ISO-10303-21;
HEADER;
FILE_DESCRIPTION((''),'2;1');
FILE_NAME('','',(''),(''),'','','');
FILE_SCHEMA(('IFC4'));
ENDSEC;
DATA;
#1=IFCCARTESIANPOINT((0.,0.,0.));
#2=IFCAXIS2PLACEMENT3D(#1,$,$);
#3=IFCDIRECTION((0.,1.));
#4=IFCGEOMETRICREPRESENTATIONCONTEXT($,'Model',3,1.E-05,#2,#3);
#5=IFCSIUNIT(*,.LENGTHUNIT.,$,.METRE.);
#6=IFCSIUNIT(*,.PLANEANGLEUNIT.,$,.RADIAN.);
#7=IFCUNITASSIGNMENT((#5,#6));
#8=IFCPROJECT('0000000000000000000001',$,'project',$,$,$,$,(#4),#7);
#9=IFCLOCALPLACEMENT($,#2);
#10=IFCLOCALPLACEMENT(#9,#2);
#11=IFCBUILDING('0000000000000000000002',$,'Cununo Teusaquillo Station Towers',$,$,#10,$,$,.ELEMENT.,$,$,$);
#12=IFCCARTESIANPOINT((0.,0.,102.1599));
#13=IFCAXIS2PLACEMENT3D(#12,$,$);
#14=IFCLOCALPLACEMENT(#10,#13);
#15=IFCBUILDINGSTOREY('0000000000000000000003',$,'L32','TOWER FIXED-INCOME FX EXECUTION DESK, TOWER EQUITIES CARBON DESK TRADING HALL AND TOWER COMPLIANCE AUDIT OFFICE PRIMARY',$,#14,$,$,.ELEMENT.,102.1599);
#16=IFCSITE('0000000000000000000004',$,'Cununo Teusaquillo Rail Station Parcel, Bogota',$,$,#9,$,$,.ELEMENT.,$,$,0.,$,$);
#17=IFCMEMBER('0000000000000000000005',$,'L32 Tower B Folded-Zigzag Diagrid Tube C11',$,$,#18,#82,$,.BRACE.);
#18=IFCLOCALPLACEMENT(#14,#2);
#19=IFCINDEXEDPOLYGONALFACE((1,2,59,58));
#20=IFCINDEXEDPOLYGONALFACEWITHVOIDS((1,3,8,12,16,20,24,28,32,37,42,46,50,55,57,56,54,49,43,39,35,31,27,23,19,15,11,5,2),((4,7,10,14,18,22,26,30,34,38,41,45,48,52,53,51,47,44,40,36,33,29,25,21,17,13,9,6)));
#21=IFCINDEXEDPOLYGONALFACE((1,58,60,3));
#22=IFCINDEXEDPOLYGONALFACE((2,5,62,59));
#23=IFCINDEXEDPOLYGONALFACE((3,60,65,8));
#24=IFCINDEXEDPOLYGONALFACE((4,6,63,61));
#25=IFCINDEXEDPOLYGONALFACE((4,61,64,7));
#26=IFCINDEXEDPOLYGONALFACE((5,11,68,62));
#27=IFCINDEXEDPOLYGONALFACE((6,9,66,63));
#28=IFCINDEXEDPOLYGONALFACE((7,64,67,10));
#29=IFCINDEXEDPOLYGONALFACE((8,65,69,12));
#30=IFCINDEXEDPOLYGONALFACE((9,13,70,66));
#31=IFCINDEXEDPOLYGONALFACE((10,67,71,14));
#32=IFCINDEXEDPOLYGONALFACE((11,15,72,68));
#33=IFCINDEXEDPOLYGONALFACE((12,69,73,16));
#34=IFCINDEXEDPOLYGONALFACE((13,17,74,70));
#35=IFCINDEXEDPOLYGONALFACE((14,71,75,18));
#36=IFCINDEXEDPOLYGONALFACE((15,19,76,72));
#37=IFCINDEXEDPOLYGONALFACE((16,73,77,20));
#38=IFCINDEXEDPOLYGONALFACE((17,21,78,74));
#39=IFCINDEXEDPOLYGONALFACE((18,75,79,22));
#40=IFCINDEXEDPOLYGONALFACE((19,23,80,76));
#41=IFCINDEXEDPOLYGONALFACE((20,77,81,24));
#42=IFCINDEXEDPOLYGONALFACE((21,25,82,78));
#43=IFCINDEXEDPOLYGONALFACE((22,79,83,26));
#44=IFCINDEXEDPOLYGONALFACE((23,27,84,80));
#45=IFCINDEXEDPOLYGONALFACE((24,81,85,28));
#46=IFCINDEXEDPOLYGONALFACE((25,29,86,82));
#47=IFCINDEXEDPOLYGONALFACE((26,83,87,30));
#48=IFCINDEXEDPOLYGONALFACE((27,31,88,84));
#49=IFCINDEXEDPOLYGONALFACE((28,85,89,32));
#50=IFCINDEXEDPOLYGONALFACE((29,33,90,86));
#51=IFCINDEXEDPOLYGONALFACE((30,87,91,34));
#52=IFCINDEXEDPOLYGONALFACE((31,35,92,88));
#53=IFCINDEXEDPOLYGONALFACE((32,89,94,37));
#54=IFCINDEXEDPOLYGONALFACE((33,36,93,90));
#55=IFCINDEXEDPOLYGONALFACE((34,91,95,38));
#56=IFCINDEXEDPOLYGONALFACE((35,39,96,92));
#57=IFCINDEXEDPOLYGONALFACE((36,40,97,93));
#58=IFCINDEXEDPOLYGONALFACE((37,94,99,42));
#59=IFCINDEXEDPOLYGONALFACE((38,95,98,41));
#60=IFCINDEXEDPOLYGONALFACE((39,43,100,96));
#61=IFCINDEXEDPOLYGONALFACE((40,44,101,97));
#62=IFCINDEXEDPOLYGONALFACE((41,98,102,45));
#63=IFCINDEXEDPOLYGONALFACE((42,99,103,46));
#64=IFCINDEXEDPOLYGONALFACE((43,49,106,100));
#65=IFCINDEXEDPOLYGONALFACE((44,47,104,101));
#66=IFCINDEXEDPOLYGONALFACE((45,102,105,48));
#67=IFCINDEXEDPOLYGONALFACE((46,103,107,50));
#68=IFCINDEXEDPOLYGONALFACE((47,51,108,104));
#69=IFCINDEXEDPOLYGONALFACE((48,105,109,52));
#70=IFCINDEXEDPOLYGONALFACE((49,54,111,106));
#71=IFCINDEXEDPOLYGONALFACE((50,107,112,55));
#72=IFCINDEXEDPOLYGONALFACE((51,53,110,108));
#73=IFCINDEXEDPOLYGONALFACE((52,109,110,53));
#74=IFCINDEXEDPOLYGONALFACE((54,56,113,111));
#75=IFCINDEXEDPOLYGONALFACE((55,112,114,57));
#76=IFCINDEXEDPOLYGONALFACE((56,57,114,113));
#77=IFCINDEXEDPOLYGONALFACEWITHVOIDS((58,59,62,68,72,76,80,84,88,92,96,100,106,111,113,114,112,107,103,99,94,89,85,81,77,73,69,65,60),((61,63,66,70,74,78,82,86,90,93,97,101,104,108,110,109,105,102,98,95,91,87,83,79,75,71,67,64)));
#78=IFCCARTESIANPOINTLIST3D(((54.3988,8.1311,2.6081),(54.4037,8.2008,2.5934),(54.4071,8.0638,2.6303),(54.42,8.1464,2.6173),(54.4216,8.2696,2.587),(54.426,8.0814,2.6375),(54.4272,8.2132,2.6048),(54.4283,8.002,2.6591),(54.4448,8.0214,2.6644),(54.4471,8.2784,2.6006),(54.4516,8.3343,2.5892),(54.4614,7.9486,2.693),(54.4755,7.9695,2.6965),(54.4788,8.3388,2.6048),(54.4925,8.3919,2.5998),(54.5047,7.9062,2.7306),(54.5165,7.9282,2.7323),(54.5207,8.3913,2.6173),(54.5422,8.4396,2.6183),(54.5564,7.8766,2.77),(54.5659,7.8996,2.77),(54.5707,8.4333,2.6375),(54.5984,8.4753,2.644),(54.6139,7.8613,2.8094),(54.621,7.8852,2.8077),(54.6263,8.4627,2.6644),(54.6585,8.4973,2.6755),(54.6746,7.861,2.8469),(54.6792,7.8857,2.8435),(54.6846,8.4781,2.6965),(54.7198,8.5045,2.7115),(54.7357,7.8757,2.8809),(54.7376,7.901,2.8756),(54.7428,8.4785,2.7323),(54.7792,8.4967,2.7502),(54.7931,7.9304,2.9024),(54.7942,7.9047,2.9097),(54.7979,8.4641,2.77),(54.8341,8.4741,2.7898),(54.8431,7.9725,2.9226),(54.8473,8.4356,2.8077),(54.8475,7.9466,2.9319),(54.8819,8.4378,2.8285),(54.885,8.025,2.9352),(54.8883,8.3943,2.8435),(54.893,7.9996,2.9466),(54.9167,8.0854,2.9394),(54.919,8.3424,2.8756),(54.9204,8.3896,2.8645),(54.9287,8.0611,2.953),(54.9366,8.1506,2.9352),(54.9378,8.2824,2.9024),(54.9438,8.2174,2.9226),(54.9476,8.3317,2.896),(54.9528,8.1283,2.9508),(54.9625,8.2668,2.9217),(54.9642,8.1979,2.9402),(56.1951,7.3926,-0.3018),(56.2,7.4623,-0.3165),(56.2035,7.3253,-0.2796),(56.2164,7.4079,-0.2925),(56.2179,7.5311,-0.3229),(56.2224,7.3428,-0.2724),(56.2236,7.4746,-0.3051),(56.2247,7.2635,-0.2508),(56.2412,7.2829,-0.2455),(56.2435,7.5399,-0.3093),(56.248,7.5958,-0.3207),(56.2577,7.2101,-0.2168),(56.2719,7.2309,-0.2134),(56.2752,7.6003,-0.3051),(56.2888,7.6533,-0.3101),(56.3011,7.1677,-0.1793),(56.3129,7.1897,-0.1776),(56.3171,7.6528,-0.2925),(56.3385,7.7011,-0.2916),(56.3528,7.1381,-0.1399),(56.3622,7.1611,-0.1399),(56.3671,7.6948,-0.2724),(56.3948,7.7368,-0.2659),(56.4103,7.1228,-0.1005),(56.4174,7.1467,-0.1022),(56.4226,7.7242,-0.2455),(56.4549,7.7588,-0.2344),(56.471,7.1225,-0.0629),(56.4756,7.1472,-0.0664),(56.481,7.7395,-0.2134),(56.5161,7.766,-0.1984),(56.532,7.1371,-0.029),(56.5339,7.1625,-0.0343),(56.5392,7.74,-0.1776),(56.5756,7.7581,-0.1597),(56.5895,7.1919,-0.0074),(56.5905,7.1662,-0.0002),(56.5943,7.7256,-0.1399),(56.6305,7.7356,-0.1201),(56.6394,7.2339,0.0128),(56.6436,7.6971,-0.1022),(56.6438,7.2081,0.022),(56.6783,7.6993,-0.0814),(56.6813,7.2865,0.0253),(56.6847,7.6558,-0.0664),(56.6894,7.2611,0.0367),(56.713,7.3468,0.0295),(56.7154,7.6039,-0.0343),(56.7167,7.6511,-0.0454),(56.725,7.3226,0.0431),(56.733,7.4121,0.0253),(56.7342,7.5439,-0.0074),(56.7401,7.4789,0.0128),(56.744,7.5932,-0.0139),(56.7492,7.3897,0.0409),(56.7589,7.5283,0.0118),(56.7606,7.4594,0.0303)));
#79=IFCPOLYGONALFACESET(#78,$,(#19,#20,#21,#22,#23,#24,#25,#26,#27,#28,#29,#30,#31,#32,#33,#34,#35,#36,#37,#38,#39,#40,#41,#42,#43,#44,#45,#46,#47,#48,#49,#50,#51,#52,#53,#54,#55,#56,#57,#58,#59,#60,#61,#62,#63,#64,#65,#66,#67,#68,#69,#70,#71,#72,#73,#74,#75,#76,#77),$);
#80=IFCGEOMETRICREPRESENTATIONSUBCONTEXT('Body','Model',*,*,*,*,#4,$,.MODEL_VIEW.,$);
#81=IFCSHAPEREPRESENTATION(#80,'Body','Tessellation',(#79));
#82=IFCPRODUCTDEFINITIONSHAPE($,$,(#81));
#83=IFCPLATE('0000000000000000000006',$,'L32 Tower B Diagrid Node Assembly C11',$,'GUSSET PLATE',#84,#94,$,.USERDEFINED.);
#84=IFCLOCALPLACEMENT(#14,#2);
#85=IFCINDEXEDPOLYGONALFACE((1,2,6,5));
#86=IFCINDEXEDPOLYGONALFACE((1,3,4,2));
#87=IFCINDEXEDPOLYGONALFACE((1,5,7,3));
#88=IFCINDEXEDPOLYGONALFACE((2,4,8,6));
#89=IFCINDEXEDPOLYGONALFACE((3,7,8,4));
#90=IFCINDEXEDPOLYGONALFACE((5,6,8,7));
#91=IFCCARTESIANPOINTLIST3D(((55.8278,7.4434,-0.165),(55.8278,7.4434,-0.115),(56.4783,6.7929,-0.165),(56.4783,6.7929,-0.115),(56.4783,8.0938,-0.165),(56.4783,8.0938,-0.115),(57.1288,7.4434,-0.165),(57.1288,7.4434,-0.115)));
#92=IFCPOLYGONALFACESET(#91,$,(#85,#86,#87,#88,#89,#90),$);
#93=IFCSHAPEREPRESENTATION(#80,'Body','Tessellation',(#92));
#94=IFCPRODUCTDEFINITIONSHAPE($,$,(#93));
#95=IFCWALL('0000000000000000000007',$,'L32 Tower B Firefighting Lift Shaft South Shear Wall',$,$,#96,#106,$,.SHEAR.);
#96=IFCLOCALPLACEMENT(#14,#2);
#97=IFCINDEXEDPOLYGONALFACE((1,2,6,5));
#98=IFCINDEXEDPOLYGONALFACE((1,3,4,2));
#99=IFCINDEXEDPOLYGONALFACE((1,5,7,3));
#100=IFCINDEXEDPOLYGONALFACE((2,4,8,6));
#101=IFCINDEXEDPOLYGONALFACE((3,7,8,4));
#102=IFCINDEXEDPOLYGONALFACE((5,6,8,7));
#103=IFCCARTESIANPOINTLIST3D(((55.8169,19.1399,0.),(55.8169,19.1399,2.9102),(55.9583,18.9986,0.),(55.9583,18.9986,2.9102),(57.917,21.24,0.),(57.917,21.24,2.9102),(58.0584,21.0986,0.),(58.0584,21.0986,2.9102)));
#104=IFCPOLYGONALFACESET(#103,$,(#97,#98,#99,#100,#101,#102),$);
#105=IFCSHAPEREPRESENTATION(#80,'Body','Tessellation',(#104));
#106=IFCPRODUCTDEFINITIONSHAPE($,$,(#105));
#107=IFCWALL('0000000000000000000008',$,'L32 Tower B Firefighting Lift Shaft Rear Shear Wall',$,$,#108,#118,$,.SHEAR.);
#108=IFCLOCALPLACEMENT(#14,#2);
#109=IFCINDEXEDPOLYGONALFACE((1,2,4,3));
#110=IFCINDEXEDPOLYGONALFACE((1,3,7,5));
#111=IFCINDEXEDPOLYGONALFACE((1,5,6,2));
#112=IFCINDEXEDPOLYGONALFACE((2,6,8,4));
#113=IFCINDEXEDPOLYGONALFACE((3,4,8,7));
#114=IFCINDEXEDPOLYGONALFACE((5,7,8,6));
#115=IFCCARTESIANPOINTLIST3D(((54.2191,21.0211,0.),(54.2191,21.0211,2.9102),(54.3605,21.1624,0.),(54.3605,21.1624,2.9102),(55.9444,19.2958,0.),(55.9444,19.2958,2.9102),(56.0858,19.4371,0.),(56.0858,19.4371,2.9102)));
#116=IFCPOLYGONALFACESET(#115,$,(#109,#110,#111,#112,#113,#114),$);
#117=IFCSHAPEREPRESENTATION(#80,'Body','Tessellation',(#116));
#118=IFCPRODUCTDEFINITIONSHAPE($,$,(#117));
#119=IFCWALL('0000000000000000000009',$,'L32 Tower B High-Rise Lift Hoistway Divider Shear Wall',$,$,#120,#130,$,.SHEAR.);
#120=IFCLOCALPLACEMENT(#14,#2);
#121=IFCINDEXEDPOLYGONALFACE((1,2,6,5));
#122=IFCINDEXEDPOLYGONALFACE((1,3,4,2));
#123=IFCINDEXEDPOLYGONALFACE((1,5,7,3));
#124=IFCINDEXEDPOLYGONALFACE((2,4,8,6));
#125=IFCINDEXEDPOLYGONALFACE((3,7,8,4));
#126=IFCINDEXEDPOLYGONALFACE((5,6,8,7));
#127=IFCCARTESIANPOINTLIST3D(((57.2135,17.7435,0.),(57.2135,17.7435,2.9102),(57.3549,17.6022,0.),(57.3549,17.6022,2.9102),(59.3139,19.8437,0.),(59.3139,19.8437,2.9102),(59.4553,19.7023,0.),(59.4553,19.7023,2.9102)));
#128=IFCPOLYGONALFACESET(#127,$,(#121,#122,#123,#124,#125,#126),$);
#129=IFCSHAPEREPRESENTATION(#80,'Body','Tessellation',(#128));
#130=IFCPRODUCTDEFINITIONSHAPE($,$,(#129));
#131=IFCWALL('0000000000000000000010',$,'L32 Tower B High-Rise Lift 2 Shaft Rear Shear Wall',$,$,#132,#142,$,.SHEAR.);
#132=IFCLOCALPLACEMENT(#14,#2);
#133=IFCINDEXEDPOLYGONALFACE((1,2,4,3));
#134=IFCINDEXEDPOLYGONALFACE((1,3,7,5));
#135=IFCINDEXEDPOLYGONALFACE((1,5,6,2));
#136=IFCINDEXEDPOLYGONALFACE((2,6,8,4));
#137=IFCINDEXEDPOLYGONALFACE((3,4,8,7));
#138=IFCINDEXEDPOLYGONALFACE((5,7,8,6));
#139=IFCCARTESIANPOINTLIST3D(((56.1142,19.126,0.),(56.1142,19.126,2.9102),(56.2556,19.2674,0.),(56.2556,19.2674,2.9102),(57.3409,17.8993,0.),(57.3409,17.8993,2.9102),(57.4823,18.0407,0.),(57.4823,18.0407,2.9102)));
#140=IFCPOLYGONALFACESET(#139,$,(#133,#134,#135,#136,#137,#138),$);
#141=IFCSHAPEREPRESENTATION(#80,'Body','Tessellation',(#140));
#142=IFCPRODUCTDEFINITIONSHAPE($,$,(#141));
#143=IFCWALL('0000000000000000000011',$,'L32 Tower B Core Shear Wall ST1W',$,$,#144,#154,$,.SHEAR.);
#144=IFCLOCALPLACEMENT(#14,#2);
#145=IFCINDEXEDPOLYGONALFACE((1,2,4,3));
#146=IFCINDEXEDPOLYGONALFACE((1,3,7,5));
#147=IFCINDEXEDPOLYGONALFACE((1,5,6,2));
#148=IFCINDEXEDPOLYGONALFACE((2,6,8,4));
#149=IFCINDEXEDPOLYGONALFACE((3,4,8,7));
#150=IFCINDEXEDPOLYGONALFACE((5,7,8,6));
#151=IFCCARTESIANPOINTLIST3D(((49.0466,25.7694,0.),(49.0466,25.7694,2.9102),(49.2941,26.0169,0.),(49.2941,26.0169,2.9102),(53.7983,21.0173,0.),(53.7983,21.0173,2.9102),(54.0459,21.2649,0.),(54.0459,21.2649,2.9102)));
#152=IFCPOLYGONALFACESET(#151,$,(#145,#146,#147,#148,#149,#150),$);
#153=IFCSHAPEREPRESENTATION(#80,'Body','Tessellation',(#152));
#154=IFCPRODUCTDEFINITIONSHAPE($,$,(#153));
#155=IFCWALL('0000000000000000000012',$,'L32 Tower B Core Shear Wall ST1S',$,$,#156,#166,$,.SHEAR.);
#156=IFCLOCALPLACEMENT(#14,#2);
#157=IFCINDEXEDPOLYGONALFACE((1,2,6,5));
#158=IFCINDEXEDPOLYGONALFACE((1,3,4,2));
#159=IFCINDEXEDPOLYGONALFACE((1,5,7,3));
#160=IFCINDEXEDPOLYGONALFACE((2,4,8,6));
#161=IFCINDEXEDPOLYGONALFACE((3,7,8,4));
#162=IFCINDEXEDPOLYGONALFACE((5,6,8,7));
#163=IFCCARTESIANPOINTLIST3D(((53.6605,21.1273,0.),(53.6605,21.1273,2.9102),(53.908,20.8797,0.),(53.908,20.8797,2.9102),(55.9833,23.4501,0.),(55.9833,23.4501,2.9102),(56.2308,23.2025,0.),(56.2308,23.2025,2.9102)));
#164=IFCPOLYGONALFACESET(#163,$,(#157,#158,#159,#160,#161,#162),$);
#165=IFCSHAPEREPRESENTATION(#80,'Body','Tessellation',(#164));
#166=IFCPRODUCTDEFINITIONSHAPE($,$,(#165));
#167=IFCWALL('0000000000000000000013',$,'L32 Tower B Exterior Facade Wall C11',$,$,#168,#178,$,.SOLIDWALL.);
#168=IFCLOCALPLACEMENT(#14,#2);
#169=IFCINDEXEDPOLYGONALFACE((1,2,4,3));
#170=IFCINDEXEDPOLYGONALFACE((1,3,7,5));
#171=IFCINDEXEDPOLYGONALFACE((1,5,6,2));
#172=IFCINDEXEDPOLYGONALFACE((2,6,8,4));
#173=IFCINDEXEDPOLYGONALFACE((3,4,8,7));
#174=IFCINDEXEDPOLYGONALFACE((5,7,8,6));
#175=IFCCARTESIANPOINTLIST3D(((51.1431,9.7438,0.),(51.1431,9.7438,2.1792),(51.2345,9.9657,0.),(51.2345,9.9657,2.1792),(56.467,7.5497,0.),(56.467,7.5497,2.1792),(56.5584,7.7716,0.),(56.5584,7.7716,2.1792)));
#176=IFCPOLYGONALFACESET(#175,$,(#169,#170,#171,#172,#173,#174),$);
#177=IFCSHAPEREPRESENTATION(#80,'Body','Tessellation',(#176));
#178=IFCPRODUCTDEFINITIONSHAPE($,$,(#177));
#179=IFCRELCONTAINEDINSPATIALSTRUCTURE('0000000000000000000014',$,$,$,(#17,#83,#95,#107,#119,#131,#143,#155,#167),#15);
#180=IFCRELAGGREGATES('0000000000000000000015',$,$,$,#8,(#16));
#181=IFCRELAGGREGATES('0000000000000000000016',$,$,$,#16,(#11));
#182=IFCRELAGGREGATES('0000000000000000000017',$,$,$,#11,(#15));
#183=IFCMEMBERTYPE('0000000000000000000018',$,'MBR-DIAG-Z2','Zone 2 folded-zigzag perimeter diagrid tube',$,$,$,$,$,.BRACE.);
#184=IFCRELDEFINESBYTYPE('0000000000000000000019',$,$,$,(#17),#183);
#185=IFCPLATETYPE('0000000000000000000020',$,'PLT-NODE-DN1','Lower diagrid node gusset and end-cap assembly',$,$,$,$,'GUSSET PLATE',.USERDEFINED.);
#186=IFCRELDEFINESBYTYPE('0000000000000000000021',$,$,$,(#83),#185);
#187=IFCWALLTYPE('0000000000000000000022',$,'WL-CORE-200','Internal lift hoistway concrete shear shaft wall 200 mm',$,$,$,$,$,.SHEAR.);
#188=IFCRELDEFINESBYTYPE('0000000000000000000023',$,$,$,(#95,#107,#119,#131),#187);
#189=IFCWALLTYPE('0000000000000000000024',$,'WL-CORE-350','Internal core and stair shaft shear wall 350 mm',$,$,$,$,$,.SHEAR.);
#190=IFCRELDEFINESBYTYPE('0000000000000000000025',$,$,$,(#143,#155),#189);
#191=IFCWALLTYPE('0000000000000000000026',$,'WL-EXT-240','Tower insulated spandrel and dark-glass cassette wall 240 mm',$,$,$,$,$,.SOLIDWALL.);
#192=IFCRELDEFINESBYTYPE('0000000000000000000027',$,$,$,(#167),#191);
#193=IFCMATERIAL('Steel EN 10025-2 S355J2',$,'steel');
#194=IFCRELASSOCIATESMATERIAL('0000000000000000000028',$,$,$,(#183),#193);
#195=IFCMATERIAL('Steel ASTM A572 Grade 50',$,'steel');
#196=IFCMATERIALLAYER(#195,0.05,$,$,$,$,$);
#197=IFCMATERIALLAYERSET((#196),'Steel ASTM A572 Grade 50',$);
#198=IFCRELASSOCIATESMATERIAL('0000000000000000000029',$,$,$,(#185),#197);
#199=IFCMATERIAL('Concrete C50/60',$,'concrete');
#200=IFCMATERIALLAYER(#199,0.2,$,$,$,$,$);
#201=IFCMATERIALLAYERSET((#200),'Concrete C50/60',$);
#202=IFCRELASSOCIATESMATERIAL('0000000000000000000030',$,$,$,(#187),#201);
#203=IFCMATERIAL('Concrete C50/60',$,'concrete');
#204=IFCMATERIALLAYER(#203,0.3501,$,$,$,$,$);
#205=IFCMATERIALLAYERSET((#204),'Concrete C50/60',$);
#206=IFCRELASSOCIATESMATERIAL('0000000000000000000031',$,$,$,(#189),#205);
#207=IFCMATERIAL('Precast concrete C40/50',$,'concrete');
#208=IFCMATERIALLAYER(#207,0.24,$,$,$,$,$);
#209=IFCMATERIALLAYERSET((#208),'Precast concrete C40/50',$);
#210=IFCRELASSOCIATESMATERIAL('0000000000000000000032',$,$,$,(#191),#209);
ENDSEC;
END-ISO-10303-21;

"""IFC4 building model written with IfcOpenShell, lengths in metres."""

from ifc_helpers import new_model, si_unit, direction, frame, frame_2d, origin, origin_2d, place, context, subcontext, project, spatial, rectangle, hollow_circle, extrude, source, transform, mapped, material, layer, layer_set, material_profile, profile_set, type_object, element, save


model = new_model("IFC4")

# Units and contexts
model_context = context("Model", 3, precision=1e-05, world=origin(), true_north=direction((0.0, 1.0)))
body_context = subcontext(model_context, "Body", "Model", "MODEL_VIEW")
ifc_project = project(units=[si_unit("LENGTHUNIT", "METRE"), si_unit("PLANEANGLEUNIT", "RADIAN")], contexts=[model_context])

# Site, building, storey
site_placement = place(None, origin())
site = spatial("IfcSite", under=ifc_project, at=site_placement, Name="Cununo Teusaquillo Rail Station Parcel, Bogota", CompositionType="ELEMENT", RefElevation=0.0)
building_placement = place(site_placement, origin())
building = spatial("IfcBuilding", under=site, at=building_placement, Name="Cununo Teusaquillo Station Towers", CompositionType="ELEMENT")
storey_placement = place(building_placement, frame((0.0, 0.0, 102.1599)))
storey = spatial("IfcBuildingStorey", under=building, at=storey_placement, Name="L32", Description="TOWER FIXED-INCOME FX EXECUTION DESK, TOWER EQUITIES CARBON DESK TRADING HALL AND TOWER COMPLIANCE AUDIT OFFICE PRIMARY", CompositionType="ELEMENT", Elevation=102.1599)

# Member
ifc_material_1 = material(Name="Steel EN 10025-2 S355J2", Category="steel")
ifc_material_profile_1 = material_profile(ifc_material_1, hollow_circle(Radius=0.3301, WallThickness=0.0249, at=origin_2d()), Name="CHS 660x25")
ifc_profile_set_1 = profile_set([ifc_material_profile_1], Name="Steel EN 10025-2 S355J2")
member_type = type_object("IfcMemberType", Name="MBR-DIAG-Z2", Description="Zone 2 folded-zigzag perimeter diagrid tube", PredefinedType="BRACE", material=ifc_profile_set_1)
member_placement = place(storey_placement, frame((56.4783, 7.4434, -0.1399), z_axis=(-0.513463, 0.211093, 0.831743), x_axis=(-0.380238, -0.924889, 0.0)))
element("IfcMember", 1, at=member_placement, inside=storey, type_object=member_type, Name="L32 Tower B Folded-Zigzag Diagrid Tube C11", PredefinedType="BRACE", context=body_context, shape_type="SweptSolid", body=[
    extrude(hollow_circle(Radius=0.3301, WallThickness=0.0249, at=origin_2d()), origin(), (0.0, 0.0, 1.0), 3.4985),
])

# Plate
ifc_material_2 = material(Name="Steel ASTM A572 Grade 50", Category="steel")
ifc_layer_1 = layer(ifc_material_2, 0.05)
ifc_layer_set_1 = layer_set([ifc_layer_1], Name="Steel ASTM A572 Grade 50")
plate_type = type_object("IfcPlateType", Name="PLT-NODE-DN1", Description="Lower diagrid node gusset and end-cap assembly", ElementType="GUSSET PLATE", PredefinedType="USERDEFINED", material=ifc_layer_set_1)
shared_shape_1 = source(origin(), body_context, "Body", "SweptSolid", [
    extrude(rectangle(XDim=0.9199, YDim=0.9199, at=origin_2d()), origin(), (0.0, 0.0, 1.0), 0.05),
])
plate_placement = place(storey_placement, frame((56.4783, 7.4434, -0.165), z_axis=(0.0, 0.0, 1.0), x_axis=(0.707107, 0.707107, 0.0)))
element("IfcPlate", 2, at=plate_placement, inside=storey, type_object=plate_type, Name="L32 Tower B Diagrid Node Assembly C11", ObjectType="GUSSET PLATE", PredefinedType="USERDEFINED", context=body_context, shape_type="MappedRepresentation", body=[
    mapped(shared_shape_1, transform((0.0, 0.0, 0.0), x_axis=(1.0, 0.0, 0.0), y_axis=(0.0, 1.0, 0.0), z_axis=(0.0, 0.0, 1.0), scale=1.0)),
])

# Walls
ifc_material_3 = material(Name="Concrete C50/60", Category="concrete")
ifc_layer_2 = layer(ifc_material_3, 0.2)
ifc_layer_set_2 = layer_set([ifc_layer_2], Name="Concrete C50/60")
wall_type_1 = type_object("IfcWallType", Name="WL-CORE-200", Description="Internal lift hoistway concrete shear shaft wall 200 mm", PredefinedType="SHEAR", material=ifc_layer_set_2)
wall_1_placement = place(storey_placement, frame((55.8877, 19.0693, 0.0), z_axis=(0.0, 0.0, 1.0), x_axis=(0.707107, 0.707107, 0.0)))
element("IfcWall", 3, at=wall_1_placement, inside=storey, type_object=wall_type_1, Name="L32 Tower B Firefighting Lift Shaft South Shear Wall", PredefinedType="SHEAR", context=body_context, shape_type="SweptSolid", body=[
    extrude(rectangle(XDim=2.97, YDim=0.2, at=frame_2d((1.4849, 0.0))), origin(), (0.0, 0.0, 1.0), 2.9102),
])
wall_2_placement = place(storey_placement, frame((56.0151, 19.3665, 0.0), z_axis=(0.0, 0.0, 1.0), x_axis=(-0.707107, 0.707107, 0.0)))
element("IfcWall", 4, at=wall_2_placement, inside=storey, type_object=wall_type_1, Name="L32 Tower B Firefighting Lift Shaft Rear Shear Wall", PredefinedType="SHEAR", context=body_context, shape_type="SweptSolid", body=[
    extrude(rectangle(XDim=2.4399, YDim=0.2, at=frame_2d((1.22, 0.0))), origin(), (0.0, 0.0, 1.0), 2.9102),
])
wall_3_placement = place(storey_placement, frame((57.2842, 17.6729, 0.0), z_axis=(0.0, 0.0, 1.0), x_axis=(0.707148, 0.707066, 0.0)))
element("IfcWall", 5, at=wall_3_placement, inside=storey, type_object=wall_type_1, Name="L32 Tower B High-Rise Lift Hoistway Divider Shear Wall", PredefinedType="SHEAR", context=body_context, shape_type="SweptSolid", body=[
    extrude(rectangle(XDim=2.9702, YDim=0.2, at=frame_2d((1.4851, 0.0))), origin(), (0.0, 0.0, 1.0), 2.9102),
])
wall_4_placement = place(storey_placement, frame((57.4116, 17.97, 0.0), z_axis=(0.0, 0.0, 1.0), x_axis=(-0.707107, 0.707107, 0.0)))
element("IfcWall", 6, at=wall_4_placement, inside=storey, type_object=wall_type_1, Name="L32 Tower B High-Rise Lift 2 Shaft Rear Shear Wall", PredefinedType="SHEAR", context=body_context, shape_type="SweptSolid", body=[
    extrude(rectangle(XDim=1.7349, YDim=0.2, at=frame_2d((0.8674, 0.0))), origin(), (0.0, 0.0, 1.0), 2.9102),
])
ifc_material_4 = material(Name="Concrete C50/60", Category="concrete")
ifc_layer_3 = layer(ifc_material_4, 0.3501)
ifc_layer_set_3 = layer_set([ifc_layer_3], Name="Concrete C50/60")
wall_type_2 = type_object("IfcWallType", Name="WL-CORE-350", Description="Internal core and stair shaft shear wall 350 mm", PredefinedType="SHEAR", material=ifc_layer_set_3)
wall_5_placement = place(storey_placement, frame((53.9221, 21.1411, 0.0), z_axis=(0.0, 0.0, 1.0), x_axis=(-0.707089, 0.707125, 0.0)))
element("IfcWall", 7, at=wall_5_placement, inside=storey, type_object=wall_type_2, Name="L32 Tower B Core Shear Wall ST1W", PredefinedType="SHEAR", context=body_context, shape_type="SweptSolid", body=[
    extrude(rectangle(XDim=6.7202, YDim=0.3501, at=frame_2d((3.3601, 0.0))), origin(), (0.0, 0.0, 1.0), 2.9102),
])
wall_6_placement = place(storey_placement, frame((53.7842, 21.0034, 0.0), z_axis=(0.0, 0.0, 1.0), x_axis=(0.707107, 0.707107, 0.0)))
element("IfcWall", 8, at=wall_6_placement, inside=storey, type_object=wall_type_2, Name="L32 Tower B Core Shear Wall ST1S", PredefinedType="SHEAR", context=body_context, shape_type="SweptSolid", body=[
    extrude(rectangle(XDim=3.2849, YDim=0.3501, at=frame_2d((1.6426, 0.0))), origin(), (0.0, 0.0, 1.0), 2.9102),
])
ifc_material_5 = material(Name="Precast concrete C40/50", Category="concrete")
ifc_layer_4 = layer(ifc_material_5, 0.24)
ifc_layer_set_4 = layer_set([ifc_layer_4], Name="Precast concrete C40/50")
wall_type_3 = type_object("IfcWallType", Name="WL-EXT-240", Description="Tower insulated spandrel and dark-glass cassette wall 240 mm", PredefinedType="SOLIDWALL", material=ifc_layer_set_4)
wall_7_placement = place(storey_placement, frame((56.5127, 7.6606, 0.0), z_axis=(0.0, 0.0, 1.0), x_axis=(-0.924564, 0.381027, 0.0)))
element("IfcWall", 9, at=wall_7_placement, inside=storey, type_object=wall_type_3, Name="L32 Tower B Exterior Facade Wall C11", PredefinedType="SOLIDWALL", context=body_context, shape_type="SweptSolid", body=[
    extrude(rectangle(XDim=5.7583, YDim=0.24, at=frame_2d((2.8792, 0.0))), origin(), (0.0, 0.0, 1.0), 2.1792),
])

save(model, "model.ifc")
